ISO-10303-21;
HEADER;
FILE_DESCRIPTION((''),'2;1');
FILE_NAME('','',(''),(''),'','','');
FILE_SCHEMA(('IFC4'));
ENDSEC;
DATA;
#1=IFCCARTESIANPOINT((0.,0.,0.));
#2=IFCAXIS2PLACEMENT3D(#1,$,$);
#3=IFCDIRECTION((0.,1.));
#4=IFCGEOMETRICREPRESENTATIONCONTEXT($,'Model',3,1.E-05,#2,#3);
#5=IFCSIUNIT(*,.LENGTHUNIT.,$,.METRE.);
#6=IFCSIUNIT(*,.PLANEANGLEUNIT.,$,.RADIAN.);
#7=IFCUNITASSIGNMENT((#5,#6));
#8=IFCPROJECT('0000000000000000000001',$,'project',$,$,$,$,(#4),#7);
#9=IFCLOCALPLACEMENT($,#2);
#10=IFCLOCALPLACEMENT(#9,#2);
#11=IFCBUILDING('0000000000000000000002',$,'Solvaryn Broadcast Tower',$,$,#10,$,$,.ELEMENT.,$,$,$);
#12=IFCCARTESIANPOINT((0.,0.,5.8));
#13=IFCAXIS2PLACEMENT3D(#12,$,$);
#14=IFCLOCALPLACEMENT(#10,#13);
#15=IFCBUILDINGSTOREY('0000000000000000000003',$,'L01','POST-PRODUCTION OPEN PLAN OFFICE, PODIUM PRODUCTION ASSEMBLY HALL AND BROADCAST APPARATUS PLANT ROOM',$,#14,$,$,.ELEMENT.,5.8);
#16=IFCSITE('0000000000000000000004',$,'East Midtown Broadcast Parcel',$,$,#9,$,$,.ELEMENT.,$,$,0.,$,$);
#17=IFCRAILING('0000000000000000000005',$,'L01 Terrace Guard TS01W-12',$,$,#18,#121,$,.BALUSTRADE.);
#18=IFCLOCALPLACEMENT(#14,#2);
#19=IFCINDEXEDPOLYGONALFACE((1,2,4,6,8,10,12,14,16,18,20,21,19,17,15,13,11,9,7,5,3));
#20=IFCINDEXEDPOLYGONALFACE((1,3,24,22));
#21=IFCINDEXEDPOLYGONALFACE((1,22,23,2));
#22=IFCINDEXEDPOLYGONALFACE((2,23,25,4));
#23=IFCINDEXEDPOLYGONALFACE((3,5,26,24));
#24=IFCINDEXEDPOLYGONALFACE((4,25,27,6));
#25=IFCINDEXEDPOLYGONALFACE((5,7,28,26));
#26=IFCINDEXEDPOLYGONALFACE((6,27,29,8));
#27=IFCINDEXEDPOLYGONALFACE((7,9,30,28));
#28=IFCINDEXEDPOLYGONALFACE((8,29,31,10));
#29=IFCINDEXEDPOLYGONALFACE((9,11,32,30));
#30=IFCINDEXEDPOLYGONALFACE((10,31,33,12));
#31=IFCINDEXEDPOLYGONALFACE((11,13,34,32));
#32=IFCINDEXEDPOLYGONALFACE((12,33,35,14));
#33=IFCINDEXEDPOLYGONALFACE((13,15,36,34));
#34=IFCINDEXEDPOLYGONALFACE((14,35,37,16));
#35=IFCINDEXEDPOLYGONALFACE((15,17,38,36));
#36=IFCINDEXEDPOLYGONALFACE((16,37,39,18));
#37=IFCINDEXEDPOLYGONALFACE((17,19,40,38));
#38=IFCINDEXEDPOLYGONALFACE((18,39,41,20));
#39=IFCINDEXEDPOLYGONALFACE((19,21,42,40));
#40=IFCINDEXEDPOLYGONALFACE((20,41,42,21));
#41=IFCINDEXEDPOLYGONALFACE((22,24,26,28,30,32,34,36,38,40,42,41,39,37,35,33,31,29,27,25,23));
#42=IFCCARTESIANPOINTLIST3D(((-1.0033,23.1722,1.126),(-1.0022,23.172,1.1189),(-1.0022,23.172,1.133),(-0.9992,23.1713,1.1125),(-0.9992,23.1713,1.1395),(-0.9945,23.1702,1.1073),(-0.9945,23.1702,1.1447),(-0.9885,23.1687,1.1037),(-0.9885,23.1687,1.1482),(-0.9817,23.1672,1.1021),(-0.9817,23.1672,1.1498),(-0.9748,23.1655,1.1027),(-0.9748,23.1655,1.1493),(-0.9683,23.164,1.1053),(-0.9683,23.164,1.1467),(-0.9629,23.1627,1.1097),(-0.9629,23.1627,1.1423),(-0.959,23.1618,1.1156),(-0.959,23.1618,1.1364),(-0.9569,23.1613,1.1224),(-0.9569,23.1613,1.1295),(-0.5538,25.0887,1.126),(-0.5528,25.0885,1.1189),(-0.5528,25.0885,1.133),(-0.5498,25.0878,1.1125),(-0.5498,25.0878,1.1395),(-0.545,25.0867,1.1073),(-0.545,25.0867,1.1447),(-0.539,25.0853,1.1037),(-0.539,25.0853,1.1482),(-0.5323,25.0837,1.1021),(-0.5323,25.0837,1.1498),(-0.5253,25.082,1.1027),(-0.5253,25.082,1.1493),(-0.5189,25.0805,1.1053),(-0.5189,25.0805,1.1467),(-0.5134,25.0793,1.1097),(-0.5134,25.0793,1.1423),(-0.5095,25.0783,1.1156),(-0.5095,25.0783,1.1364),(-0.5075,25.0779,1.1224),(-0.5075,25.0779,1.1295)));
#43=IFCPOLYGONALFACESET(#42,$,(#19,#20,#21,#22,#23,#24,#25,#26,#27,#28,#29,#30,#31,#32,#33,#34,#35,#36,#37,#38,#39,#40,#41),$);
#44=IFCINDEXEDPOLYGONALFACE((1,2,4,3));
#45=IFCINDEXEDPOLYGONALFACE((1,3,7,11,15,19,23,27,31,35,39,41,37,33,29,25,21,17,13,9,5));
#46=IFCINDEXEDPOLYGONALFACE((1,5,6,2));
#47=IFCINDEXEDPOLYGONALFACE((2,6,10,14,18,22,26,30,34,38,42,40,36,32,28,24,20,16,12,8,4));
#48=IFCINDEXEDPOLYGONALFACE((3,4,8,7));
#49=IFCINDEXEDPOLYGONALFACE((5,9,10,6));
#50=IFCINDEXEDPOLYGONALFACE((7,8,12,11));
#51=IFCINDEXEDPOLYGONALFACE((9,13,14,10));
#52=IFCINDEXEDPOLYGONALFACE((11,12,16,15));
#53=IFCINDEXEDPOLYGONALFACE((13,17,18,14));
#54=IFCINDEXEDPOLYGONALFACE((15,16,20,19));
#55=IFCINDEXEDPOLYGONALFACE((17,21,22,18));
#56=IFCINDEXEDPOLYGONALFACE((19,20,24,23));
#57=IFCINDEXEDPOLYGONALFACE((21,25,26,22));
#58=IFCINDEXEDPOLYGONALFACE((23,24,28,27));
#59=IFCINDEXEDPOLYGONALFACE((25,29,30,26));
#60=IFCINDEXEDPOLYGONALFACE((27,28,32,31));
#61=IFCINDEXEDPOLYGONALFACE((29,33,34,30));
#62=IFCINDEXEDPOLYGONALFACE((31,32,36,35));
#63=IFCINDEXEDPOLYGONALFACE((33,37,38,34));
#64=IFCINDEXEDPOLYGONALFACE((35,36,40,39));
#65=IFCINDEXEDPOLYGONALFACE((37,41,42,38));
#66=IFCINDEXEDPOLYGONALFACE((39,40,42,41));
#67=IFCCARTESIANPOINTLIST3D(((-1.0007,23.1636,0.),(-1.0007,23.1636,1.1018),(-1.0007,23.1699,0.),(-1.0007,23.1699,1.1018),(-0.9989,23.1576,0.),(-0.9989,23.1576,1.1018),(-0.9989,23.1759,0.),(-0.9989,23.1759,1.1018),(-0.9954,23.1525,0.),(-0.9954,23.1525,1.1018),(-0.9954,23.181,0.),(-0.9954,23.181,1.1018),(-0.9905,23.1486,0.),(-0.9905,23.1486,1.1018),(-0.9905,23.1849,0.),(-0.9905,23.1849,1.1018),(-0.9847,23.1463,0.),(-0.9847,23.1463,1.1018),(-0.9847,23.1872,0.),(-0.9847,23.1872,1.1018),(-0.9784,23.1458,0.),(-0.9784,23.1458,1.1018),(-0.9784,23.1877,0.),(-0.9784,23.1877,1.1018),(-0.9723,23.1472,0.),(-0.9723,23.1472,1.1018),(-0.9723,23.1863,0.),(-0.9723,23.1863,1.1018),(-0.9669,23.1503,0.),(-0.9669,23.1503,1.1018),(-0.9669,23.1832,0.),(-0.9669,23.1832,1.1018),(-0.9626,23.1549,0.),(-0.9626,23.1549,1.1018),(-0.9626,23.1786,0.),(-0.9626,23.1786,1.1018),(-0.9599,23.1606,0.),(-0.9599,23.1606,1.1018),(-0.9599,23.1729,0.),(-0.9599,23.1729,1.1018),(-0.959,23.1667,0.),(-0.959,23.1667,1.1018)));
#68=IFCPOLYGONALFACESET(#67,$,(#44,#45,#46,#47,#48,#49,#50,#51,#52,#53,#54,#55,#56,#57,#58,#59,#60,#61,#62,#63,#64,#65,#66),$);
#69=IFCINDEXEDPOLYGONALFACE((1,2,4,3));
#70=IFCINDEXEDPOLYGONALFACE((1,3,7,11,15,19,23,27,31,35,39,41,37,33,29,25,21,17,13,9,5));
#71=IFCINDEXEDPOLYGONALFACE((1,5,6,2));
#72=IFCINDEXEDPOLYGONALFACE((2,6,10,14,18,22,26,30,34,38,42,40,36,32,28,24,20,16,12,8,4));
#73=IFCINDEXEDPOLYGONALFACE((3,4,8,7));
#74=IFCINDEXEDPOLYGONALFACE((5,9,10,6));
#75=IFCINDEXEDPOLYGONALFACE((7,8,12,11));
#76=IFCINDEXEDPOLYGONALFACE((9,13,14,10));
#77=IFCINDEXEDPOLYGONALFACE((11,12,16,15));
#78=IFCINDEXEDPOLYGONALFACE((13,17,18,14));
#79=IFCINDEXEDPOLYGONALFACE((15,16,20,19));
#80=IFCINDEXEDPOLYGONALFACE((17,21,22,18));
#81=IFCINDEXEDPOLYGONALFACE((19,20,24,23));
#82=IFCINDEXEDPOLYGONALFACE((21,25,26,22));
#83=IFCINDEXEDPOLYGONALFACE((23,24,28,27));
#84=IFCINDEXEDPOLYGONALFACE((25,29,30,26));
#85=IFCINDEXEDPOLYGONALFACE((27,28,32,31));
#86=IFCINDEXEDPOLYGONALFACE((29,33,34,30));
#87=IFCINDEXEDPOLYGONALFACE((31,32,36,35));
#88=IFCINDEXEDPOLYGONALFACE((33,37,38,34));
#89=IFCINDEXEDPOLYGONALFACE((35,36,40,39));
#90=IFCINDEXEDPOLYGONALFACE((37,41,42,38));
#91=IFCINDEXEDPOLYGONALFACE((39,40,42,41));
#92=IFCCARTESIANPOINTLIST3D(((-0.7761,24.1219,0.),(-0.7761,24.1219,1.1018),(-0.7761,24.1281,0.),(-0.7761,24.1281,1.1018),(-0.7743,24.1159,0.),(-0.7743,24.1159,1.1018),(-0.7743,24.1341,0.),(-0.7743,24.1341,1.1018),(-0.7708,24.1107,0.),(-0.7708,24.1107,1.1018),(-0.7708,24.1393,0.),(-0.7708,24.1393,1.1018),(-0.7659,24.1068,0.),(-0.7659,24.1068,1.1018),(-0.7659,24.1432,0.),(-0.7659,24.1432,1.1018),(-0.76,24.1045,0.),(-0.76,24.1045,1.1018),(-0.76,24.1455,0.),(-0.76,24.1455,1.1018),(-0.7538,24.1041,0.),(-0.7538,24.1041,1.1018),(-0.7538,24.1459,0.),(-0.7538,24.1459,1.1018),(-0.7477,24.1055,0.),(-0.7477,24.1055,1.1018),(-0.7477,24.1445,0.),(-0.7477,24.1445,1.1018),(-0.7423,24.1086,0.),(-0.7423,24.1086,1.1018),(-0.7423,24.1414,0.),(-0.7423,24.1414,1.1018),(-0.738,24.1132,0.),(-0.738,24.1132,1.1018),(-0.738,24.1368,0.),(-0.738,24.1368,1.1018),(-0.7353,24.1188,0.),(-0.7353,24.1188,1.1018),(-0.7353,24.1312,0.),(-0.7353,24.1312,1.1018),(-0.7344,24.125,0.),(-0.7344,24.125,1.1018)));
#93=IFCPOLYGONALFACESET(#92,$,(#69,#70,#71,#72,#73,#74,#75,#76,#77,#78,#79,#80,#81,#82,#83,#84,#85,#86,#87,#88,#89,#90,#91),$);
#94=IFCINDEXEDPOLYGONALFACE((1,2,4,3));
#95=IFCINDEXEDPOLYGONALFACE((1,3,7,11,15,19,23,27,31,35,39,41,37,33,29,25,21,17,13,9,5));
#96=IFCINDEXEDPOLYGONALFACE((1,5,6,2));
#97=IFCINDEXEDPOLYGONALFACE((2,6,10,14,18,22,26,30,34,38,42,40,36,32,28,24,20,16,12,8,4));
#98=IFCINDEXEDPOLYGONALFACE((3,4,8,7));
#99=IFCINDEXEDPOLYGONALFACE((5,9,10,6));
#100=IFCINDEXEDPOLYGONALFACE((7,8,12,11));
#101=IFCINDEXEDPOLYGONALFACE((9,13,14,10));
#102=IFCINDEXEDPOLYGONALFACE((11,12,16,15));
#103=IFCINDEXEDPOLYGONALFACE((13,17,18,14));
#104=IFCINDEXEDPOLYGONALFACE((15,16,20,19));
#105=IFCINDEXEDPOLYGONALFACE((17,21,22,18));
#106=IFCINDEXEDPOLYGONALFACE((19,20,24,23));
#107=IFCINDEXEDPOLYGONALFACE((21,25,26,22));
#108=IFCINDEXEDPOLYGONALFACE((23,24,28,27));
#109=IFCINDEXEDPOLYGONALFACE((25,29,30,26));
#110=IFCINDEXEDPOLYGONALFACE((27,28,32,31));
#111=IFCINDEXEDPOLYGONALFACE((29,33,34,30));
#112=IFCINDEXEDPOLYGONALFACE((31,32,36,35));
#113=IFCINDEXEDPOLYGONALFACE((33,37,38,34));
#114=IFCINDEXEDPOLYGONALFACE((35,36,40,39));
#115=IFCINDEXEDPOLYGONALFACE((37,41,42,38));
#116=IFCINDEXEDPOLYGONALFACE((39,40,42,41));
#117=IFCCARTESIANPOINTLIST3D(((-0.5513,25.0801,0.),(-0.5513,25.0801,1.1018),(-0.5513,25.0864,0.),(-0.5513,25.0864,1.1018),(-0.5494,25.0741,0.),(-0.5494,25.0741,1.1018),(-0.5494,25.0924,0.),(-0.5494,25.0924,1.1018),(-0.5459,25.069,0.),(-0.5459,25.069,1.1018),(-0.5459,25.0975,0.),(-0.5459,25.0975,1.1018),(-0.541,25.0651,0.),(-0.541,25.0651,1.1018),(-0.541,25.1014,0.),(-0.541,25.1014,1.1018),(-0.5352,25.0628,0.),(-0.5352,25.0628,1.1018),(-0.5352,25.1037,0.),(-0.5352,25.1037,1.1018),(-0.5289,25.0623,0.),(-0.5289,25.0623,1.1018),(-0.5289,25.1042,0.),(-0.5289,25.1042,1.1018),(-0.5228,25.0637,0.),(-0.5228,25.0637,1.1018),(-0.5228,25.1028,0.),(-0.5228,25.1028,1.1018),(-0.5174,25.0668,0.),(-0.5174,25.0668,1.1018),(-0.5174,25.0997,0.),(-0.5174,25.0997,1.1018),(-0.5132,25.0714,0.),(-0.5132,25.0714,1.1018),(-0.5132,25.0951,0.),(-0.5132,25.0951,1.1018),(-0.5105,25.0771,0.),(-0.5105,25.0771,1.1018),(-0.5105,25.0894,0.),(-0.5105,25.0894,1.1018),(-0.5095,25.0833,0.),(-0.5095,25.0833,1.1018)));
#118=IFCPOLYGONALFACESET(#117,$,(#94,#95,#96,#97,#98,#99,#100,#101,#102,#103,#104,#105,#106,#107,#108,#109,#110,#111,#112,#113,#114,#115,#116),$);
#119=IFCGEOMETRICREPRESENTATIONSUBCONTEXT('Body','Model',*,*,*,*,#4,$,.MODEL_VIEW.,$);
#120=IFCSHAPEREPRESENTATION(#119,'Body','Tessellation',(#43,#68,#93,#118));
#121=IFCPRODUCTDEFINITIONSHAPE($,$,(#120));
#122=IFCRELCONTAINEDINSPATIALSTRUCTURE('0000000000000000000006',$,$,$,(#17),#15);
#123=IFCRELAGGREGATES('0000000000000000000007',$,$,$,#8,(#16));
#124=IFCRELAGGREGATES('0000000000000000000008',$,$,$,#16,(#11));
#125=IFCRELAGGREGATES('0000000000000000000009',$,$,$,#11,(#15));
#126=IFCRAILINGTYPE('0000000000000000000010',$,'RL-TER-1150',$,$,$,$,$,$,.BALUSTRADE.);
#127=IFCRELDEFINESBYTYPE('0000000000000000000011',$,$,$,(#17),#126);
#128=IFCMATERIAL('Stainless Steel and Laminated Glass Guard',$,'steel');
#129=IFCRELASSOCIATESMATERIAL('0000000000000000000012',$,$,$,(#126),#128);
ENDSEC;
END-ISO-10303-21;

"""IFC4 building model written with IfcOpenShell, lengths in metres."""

from ifc_helpers import new_model, si_unit, direction, frame, origin, origin_2d, place, context, subcontext, project, spatial, circle, extrude, material, type_object, element, save


model = new_model("IFC4")

# Units and contexts
model_context = context("Model", 3, precision=1e-05, world=origin(), true_north=direction((0.0, 1.0)))
body_context = subcontext(model_context, "Body", "Model", "MODEL_VIEW")
ifc_project = project(units=[si_unit("LENGTHUNIT", "METRE"), si_unit("PLANEANGLEUNIT", "RADIAN")], contexts=[model_context])

# Site, building, storey
site_placement = place(None, origin())
site = spatial("IfcSite", under=ifc_project, at=site_placement, Name="East Midtown Broadcast Parcel", CompositionType="ELEMENT", RefElevation=0.0)
building_placement = place(site_placement, origin())
building = spatial("IfcBuilding", under=site, at=building_placement, Name="Solvaryn Broadcast Tower", CompositionType="ELEMENT")
storey_placement = place(building_placement, frame((0.0, 0.0, 5.8)))
storey = spatial("IfcBuildingStorey", under=building, at=storey_placement, Name="L01", Description="POST-PRODUCTION OPEN PLAN OFFICE, PODIUM PRODUCTION ASSEMBLY HALL AND BROADCAST APPARATUS PLANT ROOM", CompositionType="ELEMENT", Elevation=5.8)

# Railing
ifc_material_1 = material(Name="Stainless Steel and Laminated Glass Guard", Category="steel")
railing_type = type_object("IfcRailingType", Name="RL-TER-1150", PredefinedType="BALUSTRADE", material=ifc_material_1)
railing_1_placement = place(storey_placement, frame((-0.98, 23.1667, 0.0)))
element("IfcRailing", 1, at=railing_1_placement, inside=storey, type_object=railing_type, Name="L01 Terrace Guard TS01W-12", PredefinedType="BALUSTRADE", context=body_context, shape_type="SweptSolid", body=[
    extrude(circle(Radius=0.0239, at=origin_2d()), frame((0.0, 0.0, 1.126), z_axis=(0.228327, 0.973584, 0.0), x_axis=(-0.973584, 0.228327, 0.0)), (0.0, 0.0, 1.0), 1.9685),
    extrude(circle(Radius=0.021, at=origin_2d()), origin(), (0.0, 0.0, 1.0), 1.1018),
    extrude(circle(Radius=0.021, at=origin_2d()), frame((0.2246, 0.9583, 0.0)), (0.0, 0.0, 1.0), 1.1018),
    extrude(circle(Radius=0.021, at=origin_2d()), frame((0.4495, 1.9165, 0.0)), (0.0, 0.0, 1.0), 1.1018),
])

save(model, "model.ifc")
